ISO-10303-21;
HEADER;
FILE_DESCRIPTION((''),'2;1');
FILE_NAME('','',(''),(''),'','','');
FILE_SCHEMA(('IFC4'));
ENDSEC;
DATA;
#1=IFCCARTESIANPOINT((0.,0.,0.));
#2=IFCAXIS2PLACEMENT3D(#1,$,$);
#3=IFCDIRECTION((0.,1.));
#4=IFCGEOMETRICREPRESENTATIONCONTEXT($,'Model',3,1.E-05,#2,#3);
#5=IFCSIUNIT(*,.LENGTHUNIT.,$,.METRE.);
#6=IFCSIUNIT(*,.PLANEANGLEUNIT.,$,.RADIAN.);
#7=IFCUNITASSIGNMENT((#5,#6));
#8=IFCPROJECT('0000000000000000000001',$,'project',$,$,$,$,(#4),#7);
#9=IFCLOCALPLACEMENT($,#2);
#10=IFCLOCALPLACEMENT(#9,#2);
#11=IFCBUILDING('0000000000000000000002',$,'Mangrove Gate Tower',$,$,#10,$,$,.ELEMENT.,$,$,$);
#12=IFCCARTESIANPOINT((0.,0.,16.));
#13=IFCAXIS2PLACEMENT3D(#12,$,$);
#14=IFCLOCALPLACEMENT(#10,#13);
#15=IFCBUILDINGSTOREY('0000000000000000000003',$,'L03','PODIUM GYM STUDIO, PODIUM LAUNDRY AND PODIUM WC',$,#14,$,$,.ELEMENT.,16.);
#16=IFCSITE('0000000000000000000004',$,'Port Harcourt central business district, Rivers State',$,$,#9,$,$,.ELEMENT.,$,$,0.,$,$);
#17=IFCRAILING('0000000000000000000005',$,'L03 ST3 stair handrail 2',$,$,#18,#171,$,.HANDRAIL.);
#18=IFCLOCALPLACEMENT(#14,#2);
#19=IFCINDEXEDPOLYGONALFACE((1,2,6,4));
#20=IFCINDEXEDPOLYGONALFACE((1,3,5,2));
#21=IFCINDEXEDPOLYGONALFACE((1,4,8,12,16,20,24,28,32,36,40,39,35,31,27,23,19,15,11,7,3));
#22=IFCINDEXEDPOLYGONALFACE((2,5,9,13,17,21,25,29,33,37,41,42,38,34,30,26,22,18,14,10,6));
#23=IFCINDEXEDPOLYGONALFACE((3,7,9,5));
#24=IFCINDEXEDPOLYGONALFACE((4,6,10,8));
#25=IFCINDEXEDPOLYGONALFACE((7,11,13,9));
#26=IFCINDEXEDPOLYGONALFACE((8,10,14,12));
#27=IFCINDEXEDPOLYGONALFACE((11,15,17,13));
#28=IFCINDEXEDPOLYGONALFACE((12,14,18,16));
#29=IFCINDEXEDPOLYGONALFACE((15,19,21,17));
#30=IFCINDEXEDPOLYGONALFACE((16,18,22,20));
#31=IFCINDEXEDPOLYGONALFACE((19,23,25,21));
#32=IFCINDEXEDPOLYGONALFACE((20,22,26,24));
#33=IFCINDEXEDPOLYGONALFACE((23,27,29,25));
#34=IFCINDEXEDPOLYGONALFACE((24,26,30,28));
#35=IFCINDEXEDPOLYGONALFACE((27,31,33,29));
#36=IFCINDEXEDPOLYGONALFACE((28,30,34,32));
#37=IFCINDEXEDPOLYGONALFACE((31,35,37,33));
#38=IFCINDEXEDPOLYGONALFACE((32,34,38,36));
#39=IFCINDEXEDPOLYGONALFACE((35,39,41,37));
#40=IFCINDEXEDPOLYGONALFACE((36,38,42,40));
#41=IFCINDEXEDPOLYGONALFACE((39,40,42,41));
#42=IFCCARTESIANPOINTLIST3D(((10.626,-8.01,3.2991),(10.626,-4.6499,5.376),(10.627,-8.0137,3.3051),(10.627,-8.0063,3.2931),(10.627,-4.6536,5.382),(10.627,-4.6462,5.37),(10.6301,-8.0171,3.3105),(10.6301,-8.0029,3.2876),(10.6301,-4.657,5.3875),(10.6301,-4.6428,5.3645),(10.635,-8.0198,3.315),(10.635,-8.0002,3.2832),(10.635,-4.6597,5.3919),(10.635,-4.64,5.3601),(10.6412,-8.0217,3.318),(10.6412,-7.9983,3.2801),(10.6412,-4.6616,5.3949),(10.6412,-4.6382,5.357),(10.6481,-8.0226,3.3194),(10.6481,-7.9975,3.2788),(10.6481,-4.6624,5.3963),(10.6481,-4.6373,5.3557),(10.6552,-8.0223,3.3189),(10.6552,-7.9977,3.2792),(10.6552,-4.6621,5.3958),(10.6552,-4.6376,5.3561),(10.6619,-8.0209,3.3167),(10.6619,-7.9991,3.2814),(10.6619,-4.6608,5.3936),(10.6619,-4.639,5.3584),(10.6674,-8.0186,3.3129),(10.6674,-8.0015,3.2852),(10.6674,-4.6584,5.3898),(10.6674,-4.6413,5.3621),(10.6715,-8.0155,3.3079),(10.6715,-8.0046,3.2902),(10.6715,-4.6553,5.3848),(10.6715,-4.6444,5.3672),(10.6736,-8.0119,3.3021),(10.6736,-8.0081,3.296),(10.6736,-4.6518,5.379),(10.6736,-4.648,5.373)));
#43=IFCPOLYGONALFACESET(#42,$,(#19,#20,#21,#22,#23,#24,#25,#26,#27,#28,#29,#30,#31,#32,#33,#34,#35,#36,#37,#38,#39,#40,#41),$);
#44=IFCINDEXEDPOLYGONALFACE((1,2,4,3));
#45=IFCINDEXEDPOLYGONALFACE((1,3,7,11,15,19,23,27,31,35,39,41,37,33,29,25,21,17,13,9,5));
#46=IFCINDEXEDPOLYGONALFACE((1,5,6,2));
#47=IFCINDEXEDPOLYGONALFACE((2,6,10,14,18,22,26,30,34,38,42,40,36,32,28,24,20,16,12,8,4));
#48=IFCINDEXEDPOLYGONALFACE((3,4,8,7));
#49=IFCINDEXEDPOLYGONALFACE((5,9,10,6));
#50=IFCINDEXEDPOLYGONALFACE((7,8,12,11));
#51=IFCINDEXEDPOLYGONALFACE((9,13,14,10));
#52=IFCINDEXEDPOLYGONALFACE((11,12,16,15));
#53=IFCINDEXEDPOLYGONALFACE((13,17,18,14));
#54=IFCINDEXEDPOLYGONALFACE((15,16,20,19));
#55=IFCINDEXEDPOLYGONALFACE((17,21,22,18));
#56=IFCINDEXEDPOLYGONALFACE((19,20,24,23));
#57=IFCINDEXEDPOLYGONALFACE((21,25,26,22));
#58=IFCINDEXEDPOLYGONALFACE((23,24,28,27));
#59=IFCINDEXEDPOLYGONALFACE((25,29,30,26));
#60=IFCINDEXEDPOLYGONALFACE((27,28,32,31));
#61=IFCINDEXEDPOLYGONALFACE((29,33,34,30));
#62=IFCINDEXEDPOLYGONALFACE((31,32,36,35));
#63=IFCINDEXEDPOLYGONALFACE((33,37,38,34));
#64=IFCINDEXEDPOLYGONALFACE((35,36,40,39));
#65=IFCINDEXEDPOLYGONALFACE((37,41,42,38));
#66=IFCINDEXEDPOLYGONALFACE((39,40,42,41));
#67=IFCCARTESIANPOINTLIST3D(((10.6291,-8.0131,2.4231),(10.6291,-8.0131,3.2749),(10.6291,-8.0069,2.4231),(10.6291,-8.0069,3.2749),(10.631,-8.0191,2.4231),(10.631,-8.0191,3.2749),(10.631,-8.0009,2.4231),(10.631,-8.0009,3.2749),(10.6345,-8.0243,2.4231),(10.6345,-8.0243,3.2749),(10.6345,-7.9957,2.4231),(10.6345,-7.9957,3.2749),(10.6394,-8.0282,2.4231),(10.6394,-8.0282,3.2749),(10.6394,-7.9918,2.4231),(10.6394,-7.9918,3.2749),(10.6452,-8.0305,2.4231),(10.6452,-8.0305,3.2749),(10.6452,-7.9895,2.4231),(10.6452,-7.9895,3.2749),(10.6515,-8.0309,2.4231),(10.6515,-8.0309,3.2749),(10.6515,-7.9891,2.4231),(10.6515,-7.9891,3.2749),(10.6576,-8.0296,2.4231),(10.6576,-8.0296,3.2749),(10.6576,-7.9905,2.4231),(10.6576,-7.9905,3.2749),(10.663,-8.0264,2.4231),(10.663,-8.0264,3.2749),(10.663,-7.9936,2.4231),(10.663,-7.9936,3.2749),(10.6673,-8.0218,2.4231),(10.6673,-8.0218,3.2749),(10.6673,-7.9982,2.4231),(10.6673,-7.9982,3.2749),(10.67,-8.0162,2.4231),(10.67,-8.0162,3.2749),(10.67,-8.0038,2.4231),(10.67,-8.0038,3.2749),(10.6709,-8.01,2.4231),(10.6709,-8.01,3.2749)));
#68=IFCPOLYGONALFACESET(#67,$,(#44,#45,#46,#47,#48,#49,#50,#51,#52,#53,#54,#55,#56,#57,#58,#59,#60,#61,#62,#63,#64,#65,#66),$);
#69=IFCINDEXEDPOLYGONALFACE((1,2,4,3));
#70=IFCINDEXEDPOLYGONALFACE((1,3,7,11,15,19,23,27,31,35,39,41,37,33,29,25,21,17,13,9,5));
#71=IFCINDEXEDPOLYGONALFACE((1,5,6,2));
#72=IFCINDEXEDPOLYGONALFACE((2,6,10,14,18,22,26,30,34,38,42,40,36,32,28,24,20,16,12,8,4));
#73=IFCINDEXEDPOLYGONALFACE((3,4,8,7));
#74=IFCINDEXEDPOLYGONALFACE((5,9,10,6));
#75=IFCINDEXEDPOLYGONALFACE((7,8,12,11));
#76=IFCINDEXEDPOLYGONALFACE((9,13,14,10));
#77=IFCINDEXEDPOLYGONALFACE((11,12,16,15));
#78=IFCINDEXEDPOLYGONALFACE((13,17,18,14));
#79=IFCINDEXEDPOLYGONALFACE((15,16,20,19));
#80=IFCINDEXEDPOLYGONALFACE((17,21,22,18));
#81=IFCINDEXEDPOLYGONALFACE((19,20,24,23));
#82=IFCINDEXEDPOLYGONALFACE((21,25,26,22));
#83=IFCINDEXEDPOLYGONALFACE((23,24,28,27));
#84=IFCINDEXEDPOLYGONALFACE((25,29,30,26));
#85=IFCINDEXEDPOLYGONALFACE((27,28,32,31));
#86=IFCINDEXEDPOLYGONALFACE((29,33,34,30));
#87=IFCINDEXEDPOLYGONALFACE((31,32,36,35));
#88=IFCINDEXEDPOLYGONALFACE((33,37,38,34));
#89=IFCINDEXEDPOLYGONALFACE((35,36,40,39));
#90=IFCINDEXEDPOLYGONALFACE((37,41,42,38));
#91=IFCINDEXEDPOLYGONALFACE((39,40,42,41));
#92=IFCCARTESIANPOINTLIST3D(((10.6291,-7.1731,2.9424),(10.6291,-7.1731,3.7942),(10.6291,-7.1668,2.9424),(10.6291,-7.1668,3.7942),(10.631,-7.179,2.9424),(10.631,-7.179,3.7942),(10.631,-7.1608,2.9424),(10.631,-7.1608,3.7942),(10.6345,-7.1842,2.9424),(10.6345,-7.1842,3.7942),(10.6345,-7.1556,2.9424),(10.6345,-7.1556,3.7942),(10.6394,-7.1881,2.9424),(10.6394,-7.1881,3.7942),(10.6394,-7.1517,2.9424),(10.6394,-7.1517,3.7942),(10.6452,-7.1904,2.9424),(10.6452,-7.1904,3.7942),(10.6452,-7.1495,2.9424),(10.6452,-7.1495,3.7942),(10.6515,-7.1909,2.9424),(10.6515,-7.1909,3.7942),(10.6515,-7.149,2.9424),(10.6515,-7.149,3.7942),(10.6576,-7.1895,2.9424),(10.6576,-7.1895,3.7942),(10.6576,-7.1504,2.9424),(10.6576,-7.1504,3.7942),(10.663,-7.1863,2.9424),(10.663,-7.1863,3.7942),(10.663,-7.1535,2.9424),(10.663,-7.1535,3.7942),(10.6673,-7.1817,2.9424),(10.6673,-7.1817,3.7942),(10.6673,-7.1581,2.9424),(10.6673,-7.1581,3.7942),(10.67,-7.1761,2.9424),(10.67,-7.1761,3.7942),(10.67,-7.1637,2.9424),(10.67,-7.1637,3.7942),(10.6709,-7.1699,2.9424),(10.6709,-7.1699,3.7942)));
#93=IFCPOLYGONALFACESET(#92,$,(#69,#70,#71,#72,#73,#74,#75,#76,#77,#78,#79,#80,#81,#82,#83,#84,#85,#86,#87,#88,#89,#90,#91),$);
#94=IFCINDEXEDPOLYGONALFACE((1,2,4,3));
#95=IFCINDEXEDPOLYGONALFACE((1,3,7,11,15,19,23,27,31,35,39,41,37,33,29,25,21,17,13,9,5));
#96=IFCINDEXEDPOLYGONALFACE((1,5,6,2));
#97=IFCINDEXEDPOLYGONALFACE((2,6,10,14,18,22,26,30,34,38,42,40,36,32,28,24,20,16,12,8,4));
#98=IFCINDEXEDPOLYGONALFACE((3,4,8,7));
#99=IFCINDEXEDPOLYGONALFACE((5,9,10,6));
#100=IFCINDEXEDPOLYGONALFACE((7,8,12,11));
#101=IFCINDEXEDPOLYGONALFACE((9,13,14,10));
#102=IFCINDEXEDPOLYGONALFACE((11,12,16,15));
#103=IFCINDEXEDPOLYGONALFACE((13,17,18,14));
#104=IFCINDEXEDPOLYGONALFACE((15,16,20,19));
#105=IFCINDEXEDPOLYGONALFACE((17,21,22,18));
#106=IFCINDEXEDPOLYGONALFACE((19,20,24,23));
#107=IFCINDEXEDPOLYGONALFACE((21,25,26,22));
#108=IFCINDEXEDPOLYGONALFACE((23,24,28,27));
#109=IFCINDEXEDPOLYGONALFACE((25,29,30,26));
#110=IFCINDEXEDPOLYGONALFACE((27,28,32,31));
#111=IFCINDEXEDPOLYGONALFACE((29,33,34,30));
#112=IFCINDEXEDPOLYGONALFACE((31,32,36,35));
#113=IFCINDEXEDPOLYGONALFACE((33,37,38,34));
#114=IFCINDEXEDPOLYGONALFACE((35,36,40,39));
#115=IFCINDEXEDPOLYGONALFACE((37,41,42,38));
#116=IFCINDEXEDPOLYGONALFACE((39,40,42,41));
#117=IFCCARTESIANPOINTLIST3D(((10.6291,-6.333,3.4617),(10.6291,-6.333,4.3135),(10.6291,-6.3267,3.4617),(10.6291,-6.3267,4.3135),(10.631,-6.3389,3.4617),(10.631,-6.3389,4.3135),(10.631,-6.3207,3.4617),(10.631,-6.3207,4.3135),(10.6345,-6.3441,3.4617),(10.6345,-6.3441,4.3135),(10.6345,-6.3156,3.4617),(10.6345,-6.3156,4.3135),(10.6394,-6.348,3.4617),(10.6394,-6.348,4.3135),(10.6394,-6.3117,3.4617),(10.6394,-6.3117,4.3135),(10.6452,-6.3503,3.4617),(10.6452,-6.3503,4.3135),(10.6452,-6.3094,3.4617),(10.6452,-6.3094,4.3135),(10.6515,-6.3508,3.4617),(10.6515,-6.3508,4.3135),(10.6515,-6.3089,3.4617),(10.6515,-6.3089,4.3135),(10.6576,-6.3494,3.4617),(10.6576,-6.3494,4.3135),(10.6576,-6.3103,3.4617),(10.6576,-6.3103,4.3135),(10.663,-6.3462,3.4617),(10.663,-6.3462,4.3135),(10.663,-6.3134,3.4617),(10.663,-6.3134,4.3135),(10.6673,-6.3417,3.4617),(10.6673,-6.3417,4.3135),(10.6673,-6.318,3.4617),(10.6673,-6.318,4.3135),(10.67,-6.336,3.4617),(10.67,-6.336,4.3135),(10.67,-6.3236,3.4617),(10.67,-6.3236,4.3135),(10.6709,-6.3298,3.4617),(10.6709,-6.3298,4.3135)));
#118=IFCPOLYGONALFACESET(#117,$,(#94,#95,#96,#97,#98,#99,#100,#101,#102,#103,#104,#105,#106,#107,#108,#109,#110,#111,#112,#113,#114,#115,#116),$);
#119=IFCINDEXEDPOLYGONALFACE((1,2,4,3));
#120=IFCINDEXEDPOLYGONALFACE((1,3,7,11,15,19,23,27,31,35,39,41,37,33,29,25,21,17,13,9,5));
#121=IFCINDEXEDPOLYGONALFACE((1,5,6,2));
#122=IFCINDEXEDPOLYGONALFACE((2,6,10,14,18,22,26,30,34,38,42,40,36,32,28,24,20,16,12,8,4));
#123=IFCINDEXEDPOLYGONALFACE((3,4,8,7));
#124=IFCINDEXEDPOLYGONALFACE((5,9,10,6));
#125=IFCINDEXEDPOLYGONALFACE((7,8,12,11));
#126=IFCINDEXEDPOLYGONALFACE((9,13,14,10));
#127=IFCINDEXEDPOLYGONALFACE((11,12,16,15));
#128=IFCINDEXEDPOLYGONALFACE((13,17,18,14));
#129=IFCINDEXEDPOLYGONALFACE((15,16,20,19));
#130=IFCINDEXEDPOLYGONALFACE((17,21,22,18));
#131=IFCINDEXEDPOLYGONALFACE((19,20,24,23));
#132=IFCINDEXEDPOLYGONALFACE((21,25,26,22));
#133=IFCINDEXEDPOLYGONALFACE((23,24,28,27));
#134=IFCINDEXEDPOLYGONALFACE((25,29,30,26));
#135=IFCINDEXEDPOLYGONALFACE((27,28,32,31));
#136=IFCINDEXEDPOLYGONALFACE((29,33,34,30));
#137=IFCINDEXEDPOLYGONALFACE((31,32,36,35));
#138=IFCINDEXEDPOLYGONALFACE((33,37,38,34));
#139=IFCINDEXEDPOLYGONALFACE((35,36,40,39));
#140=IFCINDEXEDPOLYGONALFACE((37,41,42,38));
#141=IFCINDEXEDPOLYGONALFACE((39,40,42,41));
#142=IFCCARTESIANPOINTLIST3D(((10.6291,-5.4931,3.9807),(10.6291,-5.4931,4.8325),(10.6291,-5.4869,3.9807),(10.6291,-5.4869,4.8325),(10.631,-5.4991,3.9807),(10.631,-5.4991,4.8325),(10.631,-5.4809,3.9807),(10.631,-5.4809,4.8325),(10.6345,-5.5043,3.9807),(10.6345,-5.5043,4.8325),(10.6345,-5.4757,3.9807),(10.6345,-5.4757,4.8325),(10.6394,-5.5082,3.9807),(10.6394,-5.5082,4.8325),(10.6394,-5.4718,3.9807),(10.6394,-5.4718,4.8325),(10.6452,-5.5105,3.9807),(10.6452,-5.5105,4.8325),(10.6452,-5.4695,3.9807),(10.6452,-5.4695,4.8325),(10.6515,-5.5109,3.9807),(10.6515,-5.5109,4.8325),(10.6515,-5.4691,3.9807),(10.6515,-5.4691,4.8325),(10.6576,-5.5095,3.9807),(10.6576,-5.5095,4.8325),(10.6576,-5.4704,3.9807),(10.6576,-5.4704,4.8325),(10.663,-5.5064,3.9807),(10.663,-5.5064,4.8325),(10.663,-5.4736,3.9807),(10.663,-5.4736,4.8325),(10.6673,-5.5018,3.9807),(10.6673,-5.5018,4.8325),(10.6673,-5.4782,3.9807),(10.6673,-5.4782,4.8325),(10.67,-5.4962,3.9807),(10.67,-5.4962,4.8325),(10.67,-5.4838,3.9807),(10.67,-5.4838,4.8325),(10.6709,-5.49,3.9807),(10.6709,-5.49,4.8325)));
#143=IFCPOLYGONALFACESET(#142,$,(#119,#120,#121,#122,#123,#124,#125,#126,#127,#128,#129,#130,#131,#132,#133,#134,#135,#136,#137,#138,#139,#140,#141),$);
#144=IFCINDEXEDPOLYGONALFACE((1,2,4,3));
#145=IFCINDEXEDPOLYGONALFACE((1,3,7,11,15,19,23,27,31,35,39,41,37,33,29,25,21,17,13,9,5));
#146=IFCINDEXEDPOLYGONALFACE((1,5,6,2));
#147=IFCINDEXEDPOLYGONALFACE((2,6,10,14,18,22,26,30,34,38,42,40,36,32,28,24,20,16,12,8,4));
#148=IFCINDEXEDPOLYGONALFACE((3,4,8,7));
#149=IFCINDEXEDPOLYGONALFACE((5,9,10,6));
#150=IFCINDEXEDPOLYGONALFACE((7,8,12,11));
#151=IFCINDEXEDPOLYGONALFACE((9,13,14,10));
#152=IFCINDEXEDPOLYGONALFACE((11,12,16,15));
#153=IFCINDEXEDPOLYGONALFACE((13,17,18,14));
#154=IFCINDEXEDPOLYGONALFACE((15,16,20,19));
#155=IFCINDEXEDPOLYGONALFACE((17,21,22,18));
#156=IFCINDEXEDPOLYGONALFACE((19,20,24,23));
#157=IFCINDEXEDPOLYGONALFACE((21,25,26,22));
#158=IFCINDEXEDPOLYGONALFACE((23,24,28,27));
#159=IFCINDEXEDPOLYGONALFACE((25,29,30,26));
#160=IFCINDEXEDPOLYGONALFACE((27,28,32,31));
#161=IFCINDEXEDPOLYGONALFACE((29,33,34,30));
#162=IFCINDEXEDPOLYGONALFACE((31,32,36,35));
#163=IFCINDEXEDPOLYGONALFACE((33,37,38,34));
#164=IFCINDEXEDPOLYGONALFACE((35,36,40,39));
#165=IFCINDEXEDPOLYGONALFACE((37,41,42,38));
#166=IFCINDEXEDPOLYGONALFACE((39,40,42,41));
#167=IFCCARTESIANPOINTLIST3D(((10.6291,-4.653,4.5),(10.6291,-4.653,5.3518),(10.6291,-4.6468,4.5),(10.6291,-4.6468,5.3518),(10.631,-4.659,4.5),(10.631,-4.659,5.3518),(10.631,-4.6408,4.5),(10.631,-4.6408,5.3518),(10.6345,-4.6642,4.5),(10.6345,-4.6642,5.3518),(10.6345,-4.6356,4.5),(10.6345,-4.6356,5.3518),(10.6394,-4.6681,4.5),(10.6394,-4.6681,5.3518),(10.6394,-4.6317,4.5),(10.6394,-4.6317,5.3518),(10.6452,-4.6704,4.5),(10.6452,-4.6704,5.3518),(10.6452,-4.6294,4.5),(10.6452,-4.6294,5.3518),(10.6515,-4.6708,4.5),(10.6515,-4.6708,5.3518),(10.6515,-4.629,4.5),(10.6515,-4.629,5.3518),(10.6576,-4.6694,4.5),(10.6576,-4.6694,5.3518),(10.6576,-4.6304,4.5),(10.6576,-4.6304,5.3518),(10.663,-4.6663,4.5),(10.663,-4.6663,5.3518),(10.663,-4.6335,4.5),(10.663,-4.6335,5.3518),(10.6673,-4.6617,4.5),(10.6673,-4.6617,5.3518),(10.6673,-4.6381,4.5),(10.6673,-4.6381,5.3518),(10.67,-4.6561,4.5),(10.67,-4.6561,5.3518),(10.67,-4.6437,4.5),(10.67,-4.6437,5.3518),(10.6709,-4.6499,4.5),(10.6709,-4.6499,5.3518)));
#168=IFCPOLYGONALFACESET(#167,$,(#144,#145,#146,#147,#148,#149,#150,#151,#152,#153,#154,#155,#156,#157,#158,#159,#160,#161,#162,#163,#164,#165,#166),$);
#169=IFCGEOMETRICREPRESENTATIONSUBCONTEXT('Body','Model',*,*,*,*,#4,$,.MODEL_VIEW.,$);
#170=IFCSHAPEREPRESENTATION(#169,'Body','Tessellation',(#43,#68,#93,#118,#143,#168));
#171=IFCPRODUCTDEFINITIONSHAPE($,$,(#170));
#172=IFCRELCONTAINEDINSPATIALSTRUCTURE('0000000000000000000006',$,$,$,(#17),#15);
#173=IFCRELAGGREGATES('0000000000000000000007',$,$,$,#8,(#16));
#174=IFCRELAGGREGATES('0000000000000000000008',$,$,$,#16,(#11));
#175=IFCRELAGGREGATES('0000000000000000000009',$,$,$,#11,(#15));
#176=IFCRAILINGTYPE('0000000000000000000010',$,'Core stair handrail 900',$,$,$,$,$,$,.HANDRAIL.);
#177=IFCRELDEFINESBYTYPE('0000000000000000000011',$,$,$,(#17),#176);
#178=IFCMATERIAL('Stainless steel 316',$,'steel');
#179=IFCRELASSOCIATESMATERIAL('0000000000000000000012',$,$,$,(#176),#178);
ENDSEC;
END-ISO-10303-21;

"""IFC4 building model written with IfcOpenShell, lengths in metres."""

from ifc_helpers import new_model, si_unit, direction, frame, origin, origin_2d, place, context, subcontext, project, spatial, circle, extrude, material, type_object, element, save


model = new_model("IFC4")

# Units and contexts
model_context = context("Model", 3, precision=1e-05, world=origin(), true_north=direction((0.0, 1.0)))
body_context = subcontext(model_context, "Body", "Model", "MODEL_VIEW")
ifc_project = project(units=[si_unit("LENGTHUNIT", "METRE"), si_unit("PLANEANGLEUNIT", "RADIAN")], contexts=[model_context])

# Site, building, storey
site_placement = place(None, origin())
site = spatial("IfcSite", under=ifc_project, at=site_placement, Name="Port Harcourt central business district, Rivers State", CompositionType="ELEMENT", RefElevation=0.0)
building_placement = place(site_placement, origin())
building = spatial("IfcBuilding", under=site, at=building_placement, Name="Mangrove Gate Tower", CompositionType="ELEMENT")
storey_placement = place(building_placement, frame((0.0, 0.0, 16.0)))
storey = spatial("IfcBuildingStorey", under=building, at=storey_placement, Name="L03", Description="PODIUM GYM STUDIO, PODIUM LAUNDRY AND PODIUM WC", CompositionType="ELEMENT", Elevation=16.0)

# Railing
ifc_material_1 = material(Name="Stainless steel 316", Category="steel")
railing_type_1 = type_object("IfcRailingType", Name="Core stair handrail 900", PredefinedType="HANDRAIL", material=ifc_material_1)
railing_1_placement = place(storey_placement, frame((10.6499, -8.01, 2.4231)))
element("IfcRailing", 1, at=railing_1_placement, inside=storey, type_object=railing_type_1, Name="L03 ST3 stair handrail 2", PredefinedType="HANDRAIL", context=body_context, shape_type="SweptSolid", body=[
    extrude(circle(Radius=0.0239, at=origin_2d()), frame((0.0, 0.0, 0.876), z_axis=(0.0, 0.850623, 0.525776), x_axis=(-1.0, 0.0, 0.0)), (0.0, 0.0, 1.0), 3.9502),
    extrude(circle(Radius=0.021, at=origin_2d()), origin(), (0.0, 0.0, 1.0), 0.8518),
    extrude(circle(Radius=0.021, at=origin_2d()), frame((0.0, 0.8401, 0.5193)), (0.0, 0.0, 1.0), 0.8518),
    extrude(circle(Radius=0.021, at=origin_2d()), frame((0.0, 1.6802, 1.0386)), (0.0, 0.0, 1.0), 0.8518),
    extrude(circle(Radius=0.021, at=origin_2d()), frame((0.0, 2.52, 1.5576)), (0.0, 0.0, 1.0), 0.8518),
    extrude(circle(Radius=0.021, at=origin_2d()), frame((0.0, 3.3601, 2.0769)), (0.0, 0.0, 1.0), 0.8518),
])

save(model, "model.ifc")
